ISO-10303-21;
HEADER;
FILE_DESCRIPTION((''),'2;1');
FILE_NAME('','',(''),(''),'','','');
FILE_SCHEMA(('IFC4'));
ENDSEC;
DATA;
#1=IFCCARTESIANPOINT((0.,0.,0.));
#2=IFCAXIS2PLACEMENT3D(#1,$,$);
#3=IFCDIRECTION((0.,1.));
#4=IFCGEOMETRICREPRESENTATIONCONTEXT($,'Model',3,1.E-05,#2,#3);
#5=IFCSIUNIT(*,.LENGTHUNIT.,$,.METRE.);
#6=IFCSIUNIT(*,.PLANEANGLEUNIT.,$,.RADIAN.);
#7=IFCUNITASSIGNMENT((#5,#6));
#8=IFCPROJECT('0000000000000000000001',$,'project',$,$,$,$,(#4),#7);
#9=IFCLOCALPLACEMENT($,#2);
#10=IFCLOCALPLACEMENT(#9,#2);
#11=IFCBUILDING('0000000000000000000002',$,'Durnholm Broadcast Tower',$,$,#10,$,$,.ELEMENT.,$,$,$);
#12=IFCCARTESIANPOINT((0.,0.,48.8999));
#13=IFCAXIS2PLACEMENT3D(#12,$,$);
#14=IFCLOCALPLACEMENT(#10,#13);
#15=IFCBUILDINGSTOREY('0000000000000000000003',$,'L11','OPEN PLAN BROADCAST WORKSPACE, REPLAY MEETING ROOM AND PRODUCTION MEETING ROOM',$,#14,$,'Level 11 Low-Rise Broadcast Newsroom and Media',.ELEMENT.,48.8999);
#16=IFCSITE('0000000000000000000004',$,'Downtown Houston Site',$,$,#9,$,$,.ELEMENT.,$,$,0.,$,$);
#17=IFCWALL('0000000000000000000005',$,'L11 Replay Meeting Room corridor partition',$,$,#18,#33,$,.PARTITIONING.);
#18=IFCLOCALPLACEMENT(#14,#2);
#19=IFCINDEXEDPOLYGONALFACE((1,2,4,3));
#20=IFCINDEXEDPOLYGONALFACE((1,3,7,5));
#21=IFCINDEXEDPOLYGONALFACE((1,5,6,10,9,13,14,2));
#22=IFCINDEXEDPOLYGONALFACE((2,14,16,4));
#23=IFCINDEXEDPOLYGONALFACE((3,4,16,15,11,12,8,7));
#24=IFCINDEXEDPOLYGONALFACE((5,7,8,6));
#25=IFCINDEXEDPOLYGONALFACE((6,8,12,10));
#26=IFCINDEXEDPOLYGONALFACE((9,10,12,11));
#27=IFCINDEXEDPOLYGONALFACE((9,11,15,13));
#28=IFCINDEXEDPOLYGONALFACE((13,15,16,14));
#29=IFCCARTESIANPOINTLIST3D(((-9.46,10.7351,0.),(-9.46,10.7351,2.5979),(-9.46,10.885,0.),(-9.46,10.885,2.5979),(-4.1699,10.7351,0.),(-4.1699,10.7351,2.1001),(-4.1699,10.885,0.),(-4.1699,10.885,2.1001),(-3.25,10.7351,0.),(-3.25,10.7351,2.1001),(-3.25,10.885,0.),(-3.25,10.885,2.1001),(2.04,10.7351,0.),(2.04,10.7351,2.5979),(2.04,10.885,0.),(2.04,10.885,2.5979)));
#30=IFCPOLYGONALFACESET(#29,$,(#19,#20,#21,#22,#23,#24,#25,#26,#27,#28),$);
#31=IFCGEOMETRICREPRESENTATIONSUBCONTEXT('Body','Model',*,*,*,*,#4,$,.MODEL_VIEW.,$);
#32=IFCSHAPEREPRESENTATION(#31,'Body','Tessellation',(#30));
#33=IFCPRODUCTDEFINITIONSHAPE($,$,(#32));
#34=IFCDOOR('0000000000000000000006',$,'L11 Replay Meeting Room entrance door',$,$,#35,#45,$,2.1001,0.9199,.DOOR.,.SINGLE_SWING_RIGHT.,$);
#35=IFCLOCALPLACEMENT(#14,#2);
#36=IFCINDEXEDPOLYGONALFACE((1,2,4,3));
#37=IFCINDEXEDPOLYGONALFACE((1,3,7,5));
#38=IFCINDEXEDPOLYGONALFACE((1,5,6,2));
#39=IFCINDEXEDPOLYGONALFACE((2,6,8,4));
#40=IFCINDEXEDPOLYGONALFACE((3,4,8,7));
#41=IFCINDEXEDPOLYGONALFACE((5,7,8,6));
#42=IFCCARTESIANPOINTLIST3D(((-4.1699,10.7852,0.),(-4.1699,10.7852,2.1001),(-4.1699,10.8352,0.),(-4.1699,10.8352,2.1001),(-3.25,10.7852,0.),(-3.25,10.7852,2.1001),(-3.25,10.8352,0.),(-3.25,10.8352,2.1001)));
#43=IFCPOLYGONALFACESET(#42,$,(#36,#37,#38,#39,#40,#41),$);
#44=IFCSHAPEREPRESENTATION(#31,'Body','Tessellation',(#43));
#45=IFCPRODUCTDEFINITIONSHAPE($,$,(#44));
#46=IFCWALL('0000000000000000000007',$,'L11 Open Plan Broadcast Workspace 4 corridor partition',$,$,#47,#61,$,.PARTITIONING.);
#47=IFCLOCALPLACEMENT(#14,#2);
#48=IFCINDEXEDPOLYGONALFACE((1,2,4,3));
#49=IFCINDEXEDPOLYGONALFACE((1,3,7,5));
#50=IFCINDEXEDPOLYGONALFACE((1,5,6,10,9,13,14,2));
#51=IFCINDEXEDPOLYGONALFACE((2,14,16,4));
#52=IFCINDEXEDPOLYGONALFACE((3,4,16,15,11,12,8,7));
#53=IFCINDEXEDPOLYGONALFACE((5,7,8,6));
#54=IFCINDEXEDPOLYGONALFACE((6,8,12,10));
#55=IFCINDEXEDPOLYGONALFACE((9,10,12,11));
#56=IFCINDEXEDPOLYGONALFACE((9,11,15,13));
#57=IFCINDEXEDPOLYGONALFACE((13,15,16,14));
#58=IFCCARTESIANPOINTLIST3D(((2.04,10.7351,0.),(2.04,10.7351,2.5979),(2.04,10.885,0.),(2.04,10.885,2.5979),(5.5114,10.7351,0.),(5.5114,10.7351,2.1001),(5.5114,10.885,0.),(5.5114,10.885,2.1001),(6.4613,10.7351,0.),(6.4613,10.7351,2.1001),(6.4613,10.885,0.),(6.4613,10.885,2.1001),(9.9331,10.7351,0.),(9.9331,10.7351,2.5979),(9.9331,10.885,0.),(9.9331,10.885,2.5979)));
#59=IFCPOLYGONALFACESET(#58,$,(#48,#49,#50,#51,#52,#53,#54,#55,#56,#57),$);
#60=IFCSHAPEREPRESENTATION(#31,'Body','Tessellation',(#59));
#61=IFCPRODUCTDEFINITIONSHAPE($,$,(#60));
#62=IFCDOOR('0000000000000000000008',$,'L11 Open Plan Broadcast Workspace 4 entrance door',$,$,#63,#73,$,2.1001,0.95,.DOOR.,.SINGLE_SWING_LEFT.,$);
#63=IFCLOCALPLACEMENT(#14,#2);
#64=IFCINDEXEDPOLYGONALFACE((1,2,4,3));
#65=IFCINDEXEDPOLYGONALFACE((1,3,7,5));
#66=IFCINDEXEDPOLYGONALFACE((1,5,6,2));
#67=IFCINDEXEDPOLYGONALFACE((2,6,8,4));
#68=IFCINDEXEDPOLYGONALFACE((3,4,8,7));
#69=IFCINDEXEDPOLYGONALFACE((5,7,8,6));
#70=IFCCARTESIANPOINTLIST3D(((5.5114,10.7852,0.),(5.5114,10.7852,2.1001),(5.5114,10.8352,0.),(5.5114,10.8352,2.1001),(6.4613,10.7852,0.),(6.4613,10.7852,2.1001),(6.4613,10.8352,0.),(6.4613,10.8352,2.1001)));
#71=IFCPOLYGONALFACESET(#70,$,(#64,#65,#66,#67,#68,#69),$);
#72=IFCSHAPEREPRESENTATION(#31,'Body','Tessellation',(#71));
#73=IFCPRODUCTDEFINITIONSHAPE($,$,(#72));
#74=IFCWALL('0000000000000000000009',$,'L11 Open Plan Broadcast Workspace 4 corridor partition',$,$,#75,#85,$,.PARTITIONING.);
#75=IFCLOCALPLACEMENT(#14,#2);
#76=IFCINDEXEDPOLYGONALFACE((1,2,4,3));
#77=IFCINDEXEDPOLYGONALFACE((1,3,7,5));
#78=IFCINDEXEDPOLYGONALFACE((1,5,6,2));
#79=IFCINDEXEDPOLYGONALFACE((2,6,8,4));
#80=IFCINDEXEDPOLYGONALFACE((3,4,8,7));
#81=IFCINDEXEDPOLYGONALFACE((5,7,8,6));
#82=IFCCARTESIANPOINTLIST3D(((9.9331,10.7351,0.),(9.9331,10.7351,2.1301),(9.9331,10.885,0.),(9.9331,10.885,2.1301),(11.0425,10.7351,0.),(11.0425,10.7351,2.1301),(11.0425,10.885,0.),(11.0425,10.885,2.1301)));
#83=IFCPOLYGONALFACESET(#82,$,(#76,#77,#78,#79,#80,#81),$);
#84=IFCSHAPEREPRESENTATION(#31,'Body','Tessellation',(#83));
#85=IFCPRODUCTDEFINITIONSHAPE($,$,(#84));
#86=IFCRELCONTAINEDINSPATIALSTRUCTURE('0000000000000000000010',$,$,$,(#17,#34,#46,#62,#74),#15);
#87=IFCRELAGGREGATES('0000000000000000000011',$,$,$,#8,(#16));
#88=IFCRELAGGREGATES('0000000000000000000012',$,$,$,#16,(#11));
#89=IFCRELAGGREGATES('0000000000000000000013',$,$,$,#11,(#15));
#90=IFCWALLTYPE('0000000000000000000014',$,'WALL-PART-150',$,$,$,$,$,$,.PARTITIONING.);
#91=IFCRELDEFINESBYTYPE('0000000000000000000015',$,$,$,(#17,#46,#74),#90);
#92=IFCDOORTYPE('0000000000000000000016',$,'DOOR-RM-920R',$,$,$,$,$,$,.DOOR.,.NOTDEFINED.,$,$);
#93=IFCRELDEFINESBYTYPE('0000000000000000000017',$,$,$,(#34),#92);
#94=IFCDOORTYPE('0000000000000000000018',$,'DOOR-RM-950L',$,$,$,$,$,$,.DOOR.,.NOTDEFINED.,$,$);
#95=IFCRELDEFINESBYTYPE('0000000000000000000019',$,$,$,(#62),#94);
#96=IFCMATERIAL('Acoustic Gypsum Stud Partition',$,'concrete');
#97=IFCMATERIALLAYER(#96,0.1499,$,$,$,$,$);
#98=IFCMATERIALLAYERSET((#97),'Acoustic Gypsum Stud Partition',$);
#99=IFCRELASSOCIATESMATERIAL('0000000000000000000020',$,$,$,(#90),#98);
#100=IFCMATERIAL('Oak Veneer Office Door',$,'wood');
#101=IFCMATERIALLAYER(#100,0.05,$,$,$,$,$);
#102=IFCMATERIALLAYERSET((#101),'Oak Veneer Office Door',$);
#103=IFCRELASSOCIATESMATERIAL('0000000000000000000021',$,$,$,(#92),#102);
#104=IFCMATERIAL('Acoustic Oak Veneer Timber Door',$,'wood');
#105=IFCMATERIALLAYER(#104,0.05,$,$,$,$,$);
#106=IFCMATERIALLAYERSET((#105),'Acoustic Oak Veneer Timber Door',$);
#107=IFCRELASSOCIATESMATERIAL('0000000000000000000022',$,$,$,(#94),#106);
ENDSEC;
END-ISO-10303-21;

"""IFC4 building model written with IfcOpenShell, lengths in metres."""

from ifc_helpers import new_model, si_unit, direction, frame, frame_2d, origin, place, context, subcontext, project, spatial, rectangle, extrude, source, transform, mapped, material, layer, layer_set, type_object, type_shapes, element, fill, save


model = new_model("IFC4")

# Units and contexts
model_context = context("Model", 3, precision=1e-05, world=origin(), true_north=direction((0.0, 1.0)))
body_context = subcontext(model_context, "Body", "Model", "MODEL_VIEW")
ifc_project = project(units=[si_unit("LENGTHUNIT", "METRE"), si_unit("PLANEANGLEUNIT", "RADIAN")], contexts=[model_context])

# Site, building, storey
site_placement = place(None, origin())
site = spatial("IfcSite", under=ifc_project, at=site_placement, Name="Downtown Houston Site", CompositionType="ELEMENT", RefElevation=0.0)
building_placement = place(site_placement, origin())
building = spatial("IfcBuilding", under=site, at=building_placement, Name="Durnholm Broadcast Tower", CompositionType="ELEMENT")
storey_placement = place(building_placement, frame((0.0, 0.0, 48.8999)))
storey = spatial("IfcBuildingStorey", under=building, at=storey_placement, Name="L11", Description="OPEN PLAN BROADCAST WORKSPACE, REPLAY MEETING ROOM AND PRODUCTION MEETING ROOM", LongName="Level 11 Low-Rise Broadcast Newsroom and Media", CompositionType="ELEMENT", Elevation=48.8999)

# Walls, openings, doors
ifc_material_1 = material(Name="Acoustic Gypsum Stud Partition", Category="concrete")
ifc_layer_1 = layer(ifc_material_1, 0.1499)
ifc_layer_set_1 = layer_set([ifc_layer_1], Name="Acoustic Gypsum Stud Partition")
wall_type_1 = type_object("IfcWallType", Name="WALL-PART-150", PredefinedType="PARTITIONING", material=ifc_layer_set_1)
wall_1_placement = place(storey_placement, frame((2.04, 10.8101, 0.0), z_axis=(0.0, 0.0, 1.0), x_axis=(-1.0, 0.0, 0.0)))
wall_1 = element("IfcWall", 1, at=wall_1_placement, inside=storey, type_object=wall_type_1, Name="L11 Replay Meeting Room corridor partition", PredefinedType="PARTITIONING", context=body_context, shape_type="SweptSolid", body=[
    extrude(rectangle(XDim=11.5, YDim=0.1499, at=frame_2d((5.75, 0.0))), origin(), (0.0, 0.0, 1.0), 2.5979),
])
opening_1_placement = place(wall_1_placement, frame((5.29, 0.0, 0.0)))
opening_1 = element("IfcOpeningElement", 2, at=opening_1_placement, cuts=wall_1, PredefinedType="OPENING", context=body_context, shape_type="SweptSolid", body=[
    extrude(rectangle(XDim=0.9199, YDim=2.1001, at=frame_2d((0.46, 1.05))), frame((0.0, 0.085, 0.0), z_axis=(0.0, -1.0, 0.0), x_axis=(1.0, 0.0, 0.0)), (0.0, 0.0, 1.0), 0.1699),
])
ifc_material_2 = material(Name="Oak Veneer Office Door", Category="wood")
ifc_layer_2 = layer(ifc_material_2, 0.05)
ifc_layer_set_2 = layer_set([ifc_layer_2], Name="Oak Veneer Office Door")
door_type_1 = type_object("IfcDoorType", Name="DOOR-RM-920R", OperationType="NOTDEFINED", PredefinedType="DOOR", material=ifc_layer_set_2)
shared_shape_1 = source(origin(), body_context, "Body", "SweptSolid", [
    extrude(rectangle(XDim=0.9199, YDim=2.1001, at=frame_2d((0.46, 1.05))), frame((0.0, 0.0249, 0.0), z_axis=(0.0, -1.0, 0.0), x_axis=(1.0, 0.0, 0.0)), (0.0, 0.0, 1.0), 0.05),
])
type_shapes(door_type_1, [shared_shape_1])
door_1_placement = place(opening_1_placement, origin())
door_1 = element("IfcDoor", 3, at=door_1_placement, inside=storey, type_object=door_type_1, Name="L11 Replay Meeting Room entrance door", OperationType="SINGLE_SWING_RIGHT", OverallHeight=2.1001, OverallWidth=0.9199, PredefinedType="DOOR", context=body_context, shape_type="MappedRepresentation", body=[
    mapped(shared_shape_1, transform((0.0, 0.0, 0.0), x_axis=(1.0, 0.0, 0.0), y_axis=(0.0, 1.0, 0.0), z_axis=(0.0, 0.0, 1.0), scale=1.0)),
])
fill(opening_1, door_1)
wall_2_placement = place(storey_placement, frame((9.9331, 10.8101, 0.0), z_axis=(0.0, 0.0, 1.0), x_axis=(-1.0, 0.0, 0.0)))
wall_2 = element("IfcWall", 4, at=wall_2_placement, inside=storey, type_object=wall_type_1, Name="L11 Open Plan Broadcast Workspace 4 corridor partition", PredefinedType="PARTITIONING", context=body_context, shape_type="SweptSolid", body=[
    extrude(rectangle(XDim=7.8931, YDim=0.1499, at=frame_2d((3.9465, 0.0))), origin(), (0.0, 0.0, 1.0), 2.5979),
])
opening_2_placement = place(wall_2_placement, frame((3.4717, 0.0, 0.0)))
opening_2 = element("IfcOpeningElement", 5, at=opening_2_placement, cuts=wall_2, PredefinedType="OPENING", context=body_context, shape_type="SweptSolid", body=[
    extrude(rectangle(XDim=0.95, YDim=2.1001, at=frame_2d((0.4751, 1.05))), frame((0.0, 0.085, 0.0), z_axis=(0.0, -1.0, 0.0), x_axis=(1.0, 0.0, 0.0)), (0.0, 0.0, 1.0), 0.1699),
])
ifc_material_3 = material(Name="Acoustic Oak Veneer Timber Door", Category="wood")
ifc_layer_3 = layer(ifc_material_3, 0.05)
ifc_layer_set_3 = layer_set([ifc_layer_3], Name="Acoustic Oak Veneer Timber Door")
door_type_2 = type_object("IfcDoorType", Name="DOOR-RM-950L", OperationType="NOTDEFINED", PredefinedType="DOOR", material=ifc_layer_set_3)
shared_shape_2 = source(origin(), body_context, "Body", "SweptSolid", [
    extrude(rectangle(XDim=0.95, YDim=2.1001, at=frame_2d((0.4751, 1.05))), frame((0.0, 0.0249, 0.0), z_axis=(0.0, -1.0, 0.0), x_axis=(1.0, 0.0, 0.0)), (0.0, 0.0, 1.0), 0.05),
])
type_shapes(door_type_2, [shared_shape_2])
door_2_placement = place(opening_2_placement, origin())
door_2 = element("IfcDoor", 6, at=door_2_placement, inside=storey, type_object=door_type_2, Name="L11 Open Plan Broadcast Workspace 4 entrance door", OperationType="SINGLE_SWING_LEFT", OverallHeight=2.1001, OverallWidth=0.95, PredefinedType="DOOR", context=body_context, shape_type="MappedRepresentation", body=[
    mapped(shared_shape_2, transform((0.0, 0.0, 0.0), x_axis=(1.0, 0.0, 0.0), y_axis=(0.0, 1.0, 0.0), z_axis=(0.0, 0.0, 1.0), scale=1.0)),
])
fill(opening_2, door_2)

# Wall
wall_3_placement = place(storey_placement, frame((11.0425, 10.8101, 0.0), z_axis=(0.0, 0.0, 1.0), x_axis=(-1.0, 0.0, 0.0)))
element("IfcWall", 7, at=wall_3_placement, inside=storey, type_object=wall_type_1, Name="L11 Open Plan Broadcast Workspace 4 corridor partition", PredefinedType="PARTITIONING", context=body_context, shape_type="SweptSolid", body=[
    extrude(rectangle(XDim=1.1094, YDim=0.1499, at=frame_2d((0.5547, 0.0))), origin(), (0.0, 0.0, 1.0), 2.1301),
])

save(model, "model.ifc")
